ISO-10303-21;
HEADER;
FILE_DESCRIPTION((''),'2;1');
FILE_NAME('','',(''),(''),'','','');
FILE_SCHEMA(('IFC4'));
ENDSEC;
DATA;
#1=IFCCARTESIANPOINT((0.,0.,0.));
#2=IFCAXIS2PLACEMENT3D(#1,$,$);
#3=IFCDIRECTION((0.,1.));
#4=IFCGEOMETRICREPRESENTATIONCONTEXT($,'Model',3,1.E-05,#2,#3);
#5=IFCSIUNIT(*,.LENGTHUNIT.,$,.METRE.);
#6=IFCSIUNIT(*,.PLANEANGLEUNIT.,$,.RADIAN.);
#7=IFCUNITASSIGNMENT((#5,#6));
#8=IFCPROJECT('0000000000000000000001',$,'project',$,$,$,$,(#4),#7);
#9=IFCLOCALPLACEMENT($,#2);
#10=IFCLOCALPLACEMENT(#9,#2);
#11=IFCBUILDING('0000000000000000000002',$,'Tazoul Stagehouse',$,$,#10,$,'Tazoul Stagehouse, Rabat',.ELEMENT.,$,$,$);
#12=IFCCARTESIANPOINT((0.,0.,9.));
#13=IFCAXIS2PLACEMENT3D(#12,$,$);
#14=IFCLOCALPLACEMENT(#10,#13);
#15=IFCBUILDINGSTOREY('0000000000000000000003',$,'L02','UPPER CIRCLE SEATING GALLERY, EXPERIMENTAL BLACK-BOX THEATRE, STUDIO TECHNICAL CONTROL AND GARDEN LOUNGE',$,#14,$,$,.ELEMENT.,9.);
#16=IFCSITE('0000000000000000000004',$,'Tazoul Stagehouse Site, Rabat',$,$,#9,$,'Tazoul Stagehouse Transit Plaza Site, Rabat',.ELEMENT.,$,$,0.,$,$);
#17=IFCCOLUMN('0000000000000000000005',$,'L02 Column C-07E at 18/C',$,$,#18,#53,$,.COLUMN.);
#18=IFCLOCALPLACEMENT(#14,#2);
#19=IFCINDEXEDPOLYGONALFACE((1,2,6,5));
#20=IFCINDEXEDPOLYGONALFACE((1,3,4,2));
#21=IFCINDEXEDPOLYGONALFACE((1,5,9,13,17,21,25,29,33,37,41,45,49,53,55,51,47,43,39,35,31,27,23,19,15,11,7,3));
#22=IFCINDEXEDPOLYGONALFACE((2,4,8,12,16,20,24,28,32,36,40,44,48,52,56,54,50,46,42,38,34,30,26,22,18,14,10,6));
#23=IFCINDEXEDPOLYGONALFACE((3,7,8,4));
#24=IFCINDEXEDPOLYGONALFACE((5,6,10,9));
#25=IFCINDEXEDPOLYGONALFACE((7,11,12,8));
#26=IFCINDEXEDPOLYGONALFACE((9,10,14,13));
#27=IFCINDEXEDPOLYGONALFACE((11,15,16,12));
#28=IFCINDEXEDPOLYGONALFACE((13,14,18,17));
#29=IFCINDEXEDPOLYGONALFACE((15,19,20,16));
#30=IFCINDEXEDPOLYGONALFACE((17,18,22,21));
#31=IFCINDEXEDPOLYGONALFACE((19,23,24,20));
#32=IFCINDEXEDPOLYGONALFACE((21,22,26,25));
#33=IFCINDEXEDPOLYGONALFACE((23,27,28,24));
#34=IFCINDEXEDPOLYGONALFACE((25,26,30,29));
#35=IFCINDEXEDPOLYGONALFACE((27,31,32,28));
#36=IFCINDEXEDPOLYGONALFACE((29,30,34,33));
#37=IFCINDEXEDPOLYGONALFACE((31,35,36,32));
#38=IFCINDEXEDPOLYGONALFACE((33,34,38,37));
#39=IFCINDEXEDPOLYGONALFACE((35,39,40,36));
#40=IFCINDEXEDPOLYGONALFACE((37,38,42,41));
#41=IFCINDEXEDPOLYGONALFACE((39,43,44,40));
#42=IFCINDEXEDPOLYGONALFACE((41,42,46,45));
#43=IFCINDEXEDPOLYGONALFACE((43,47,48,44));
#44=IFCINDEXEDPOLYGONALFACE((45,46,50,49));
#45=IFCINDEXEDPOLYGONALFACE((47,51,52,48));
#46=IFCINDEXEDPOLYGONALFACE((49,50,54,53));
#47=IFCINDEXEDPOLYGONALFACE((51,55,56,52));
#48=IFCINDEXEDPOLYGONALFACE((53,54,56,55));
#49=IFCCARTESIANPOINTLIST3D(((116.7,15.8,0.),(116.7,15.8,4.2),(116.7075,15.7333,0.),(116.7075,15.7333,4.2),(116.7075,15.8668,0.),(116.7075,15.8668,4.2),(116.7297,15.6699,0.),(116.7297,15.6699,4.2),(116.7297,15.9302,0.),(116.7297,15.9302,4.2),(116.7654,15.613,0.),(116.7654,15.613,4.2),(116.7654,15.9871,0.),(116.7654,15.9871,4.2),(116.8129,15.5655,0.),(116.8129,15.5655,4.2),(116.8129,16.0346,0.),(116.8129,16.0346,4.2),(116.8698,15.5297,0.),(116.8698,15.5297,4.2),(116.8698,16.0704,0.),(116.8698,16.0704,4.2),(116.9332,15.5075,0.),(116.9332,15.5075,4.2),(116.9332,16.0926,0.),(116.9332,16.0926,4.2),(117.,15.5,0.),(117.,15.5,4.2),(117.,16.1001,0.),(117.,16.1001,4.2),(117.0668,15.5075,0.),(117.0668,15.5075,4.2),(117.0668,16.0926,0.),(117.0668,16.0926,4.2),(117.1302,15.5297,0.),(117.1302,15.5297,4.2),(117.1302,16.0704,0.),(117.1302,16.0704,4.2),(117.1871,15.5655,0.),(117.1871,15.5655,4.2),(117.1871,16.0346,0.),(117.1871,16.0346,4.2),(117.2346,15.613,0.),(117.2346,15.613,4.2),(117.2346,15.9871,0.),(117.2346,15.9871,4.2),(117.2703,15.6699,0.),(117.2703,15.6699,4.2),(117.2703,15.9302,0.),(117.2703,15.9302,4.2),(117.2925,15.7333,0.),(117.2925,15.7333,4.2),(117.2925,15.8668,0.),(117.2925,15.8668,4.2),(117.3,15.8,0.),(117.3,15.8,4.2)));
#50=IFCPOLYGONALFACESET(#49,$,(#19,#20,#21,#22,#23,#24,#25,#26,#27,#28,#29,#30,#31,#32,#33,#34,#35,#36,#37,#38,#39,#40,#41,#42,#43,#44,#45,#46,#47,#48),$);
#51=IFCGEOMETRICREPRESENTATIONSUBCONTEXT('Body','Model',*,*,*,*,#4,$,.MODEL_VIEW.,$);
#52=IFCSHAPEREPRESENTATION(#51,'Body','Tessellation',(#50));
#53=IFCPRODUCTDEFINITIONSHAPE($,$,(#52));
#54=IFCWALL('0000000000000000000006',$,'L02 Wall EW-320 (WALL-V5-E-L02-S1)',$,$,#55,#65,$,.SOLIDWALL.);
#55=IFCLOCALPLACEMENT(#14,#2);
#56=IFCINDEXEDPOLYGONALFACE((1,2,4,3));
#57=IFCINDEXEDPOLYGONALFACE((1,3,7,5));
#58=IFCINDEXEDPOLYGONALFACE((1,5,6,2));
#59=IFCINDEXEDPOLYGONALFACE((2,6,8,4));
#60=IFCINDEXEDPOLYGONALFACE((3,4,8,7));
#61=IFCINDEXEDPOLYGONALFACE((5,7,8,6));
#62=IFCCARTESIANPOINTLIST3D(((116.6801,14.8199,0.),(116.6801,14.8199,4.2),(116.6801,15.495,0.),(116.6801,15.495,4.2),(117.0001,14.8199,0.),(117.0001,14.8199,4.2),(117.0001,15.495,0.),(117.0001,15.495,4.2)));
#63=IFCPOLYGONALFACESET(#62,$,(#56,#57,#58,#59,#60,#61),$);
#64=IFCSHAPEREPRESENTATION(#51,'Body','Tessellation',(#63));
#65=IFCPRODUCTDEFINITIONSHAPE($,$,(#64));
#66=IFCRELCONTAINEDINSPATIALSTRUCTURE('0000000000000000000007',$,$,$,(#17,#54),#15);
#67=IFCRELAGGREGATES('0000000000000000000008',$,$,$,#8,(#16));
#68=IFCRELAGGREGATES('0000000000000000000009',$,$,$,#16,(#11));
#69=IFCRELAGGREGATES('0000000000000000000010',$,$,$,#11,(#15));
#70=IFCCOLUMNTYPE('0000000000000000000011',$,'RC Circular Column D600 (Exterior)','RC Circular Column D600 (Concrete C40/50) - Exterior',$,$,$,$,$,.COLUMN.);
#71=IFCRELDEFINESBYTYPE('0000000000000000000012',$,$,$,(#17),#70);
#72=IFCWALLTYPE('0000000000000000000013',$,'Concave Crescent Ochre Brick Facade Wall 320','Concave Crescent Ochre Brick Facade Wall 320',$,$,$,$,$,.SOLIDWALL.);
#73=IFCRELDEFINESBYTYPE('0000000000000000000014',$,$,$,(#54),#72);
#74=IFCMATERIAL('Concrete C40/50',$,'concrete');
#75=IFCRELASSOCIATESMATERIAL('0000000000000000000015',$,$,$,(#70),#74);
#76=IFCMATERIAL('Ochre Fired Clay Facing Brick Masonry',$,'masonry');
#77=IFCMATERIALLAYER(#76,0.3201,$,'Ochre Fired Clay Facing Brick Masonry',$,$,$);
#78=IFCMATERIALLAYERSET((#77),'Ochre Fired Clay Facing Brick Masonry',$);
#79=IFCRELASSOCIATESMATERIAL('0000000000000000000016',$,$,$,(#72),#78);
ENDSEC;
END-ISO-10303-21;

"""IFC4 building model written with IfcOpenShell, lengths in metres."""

from ifc_helpers import new_model, si_unit, direction, frame, frame_2d, origin, origin_2d, place, context, subcontext, project, spatial, rectangle, circle, extrude, material, layer, layer_set, material_profile, profile_set, type_object, element, save


model = new_model("IFC4")

# Units and contexts
model_context = context("Model", 3, precision=1e-05, world=origin(), true_north=direction((0.0, 1.0)))
body_context = subcontext(model_context, "Body", "Model", "MODEL_VIEW")
ifc_project = project(units=[si_unit("LENGTHUNIT", "METRE"), si_unit("PLANEANGLEUNIT", "RADIAN")], contexts=[model_context])

# Site, building, storey
site_placement = place(None, origin())
site = spatial("IfcSite", under=ifc_project, at=site_placement, Name="Tazoul Stagehouse Site, Rabat", LongName="Tazoul Stagehouse Transit Plaza Site, Rabat", CompositionType="ELEMENT", RefElevation=0.0)
building_placement = place(site_placement, origin())
building = spatial("IfcBuilding", under=site, at=building_placement, Name="Tazoul Stagehouse", LongName="Tazoul Stagehouse, Rabat", CompositionType="ELEMENT")
storey_placement = place(building_placement, frame((0.0, 0.0, 9.0)))
storey = spatial("IfcBuildingStorey", under=building, at=storey_placement, Name="L02", Description="UPPER CIRCLE SEATING GALLERY, EXPERIMENTAL BLACK-BOX THEATRE, STUDIO TECHNICAL CONTROL AND GARDEN LOUNGE", CompositionType="ELEMENT", Elevation=9.0)

# Column
ifc_material_1 = material(Name="Concrete C40/50", Category="concrete")
ifc_material_profile_1 = material_profile(ifc_material_1, circle(Radius=0.3, at=origin_2d()), Name="RC D600")
ifc_profile_set_1 = profile_set([ifc_material_profile_1], Name="Concrete C40/50")
column_type = type_object("IfcColumnType", Name="RC Circular Column D600 (Exterior)", Description="RC Circular Column D600 (Concrete C40/50) - Exterior", PredefinedType="COLUMN", material=ifc_profile_set_1)
column_placement = place(storey_placement, frame((117.0, 15.8, 0.0), z_axis=(0.0, 0.0, 1.0), x_axis=(1.0, 0.0, 0.0)))
element("IfcColumn", 1, at=column_placement, inside=storey, type_object=column_type, Name="L02 Column C-07E at 18/C", PredefinedType="COLUMN", context=body_context, shape_type="SweptSolid", body=[
    extrude(circle(Radius=0.3, at=origin_2d()), origin(), (0.0, 0.0, 1.0), 4.2),
])

# Wall
ifc_material_2 = material(Name="Ochre Fired Clay Facing Brick Masonry", Category="masonry")
ifc_layer_1 = layer(ifc_material_2, 0.3201, Name="Ochre Fired Clay Facing Brick Masonry")
ifc_layer_set_1 = layer_set([ifc_layer_1], Name="Ochre Fired Clay Facing Brick Masonry")
wall_type = type_object("IfcWallType", Name="Concave Crescent Ochre Brick Facade Wall 320", Description="Concave Crescent Ochre Brick Facade Wall 320", PredefinedType="SOLIDWALL", material=ifc_layer_set_1)
wall_placement = place(storey_placement, frame((116.8401, 14.8201, 0.0), z_axis=(0.0, 0.0, 1.0), x_axis=(0.0, 1.0, 0.0)))
element("IfcWall", 2, at=wall_placement, inside=storey, type_object=wall_type, Name="L02 Wall EW-320 (WALL-V5-E-L02-S1)", PredefinedType="SOLIDWALL", context=body_context, shape_type="SweptSolid", body=[
    extrude(rectangle(XDim=0.675, YDim=0.3201, at=frame_2d((0.3374, 0.0))), origin(), (0.0, 0.0, 1.0), 4.2),
])

save(model, "model.ifc")
